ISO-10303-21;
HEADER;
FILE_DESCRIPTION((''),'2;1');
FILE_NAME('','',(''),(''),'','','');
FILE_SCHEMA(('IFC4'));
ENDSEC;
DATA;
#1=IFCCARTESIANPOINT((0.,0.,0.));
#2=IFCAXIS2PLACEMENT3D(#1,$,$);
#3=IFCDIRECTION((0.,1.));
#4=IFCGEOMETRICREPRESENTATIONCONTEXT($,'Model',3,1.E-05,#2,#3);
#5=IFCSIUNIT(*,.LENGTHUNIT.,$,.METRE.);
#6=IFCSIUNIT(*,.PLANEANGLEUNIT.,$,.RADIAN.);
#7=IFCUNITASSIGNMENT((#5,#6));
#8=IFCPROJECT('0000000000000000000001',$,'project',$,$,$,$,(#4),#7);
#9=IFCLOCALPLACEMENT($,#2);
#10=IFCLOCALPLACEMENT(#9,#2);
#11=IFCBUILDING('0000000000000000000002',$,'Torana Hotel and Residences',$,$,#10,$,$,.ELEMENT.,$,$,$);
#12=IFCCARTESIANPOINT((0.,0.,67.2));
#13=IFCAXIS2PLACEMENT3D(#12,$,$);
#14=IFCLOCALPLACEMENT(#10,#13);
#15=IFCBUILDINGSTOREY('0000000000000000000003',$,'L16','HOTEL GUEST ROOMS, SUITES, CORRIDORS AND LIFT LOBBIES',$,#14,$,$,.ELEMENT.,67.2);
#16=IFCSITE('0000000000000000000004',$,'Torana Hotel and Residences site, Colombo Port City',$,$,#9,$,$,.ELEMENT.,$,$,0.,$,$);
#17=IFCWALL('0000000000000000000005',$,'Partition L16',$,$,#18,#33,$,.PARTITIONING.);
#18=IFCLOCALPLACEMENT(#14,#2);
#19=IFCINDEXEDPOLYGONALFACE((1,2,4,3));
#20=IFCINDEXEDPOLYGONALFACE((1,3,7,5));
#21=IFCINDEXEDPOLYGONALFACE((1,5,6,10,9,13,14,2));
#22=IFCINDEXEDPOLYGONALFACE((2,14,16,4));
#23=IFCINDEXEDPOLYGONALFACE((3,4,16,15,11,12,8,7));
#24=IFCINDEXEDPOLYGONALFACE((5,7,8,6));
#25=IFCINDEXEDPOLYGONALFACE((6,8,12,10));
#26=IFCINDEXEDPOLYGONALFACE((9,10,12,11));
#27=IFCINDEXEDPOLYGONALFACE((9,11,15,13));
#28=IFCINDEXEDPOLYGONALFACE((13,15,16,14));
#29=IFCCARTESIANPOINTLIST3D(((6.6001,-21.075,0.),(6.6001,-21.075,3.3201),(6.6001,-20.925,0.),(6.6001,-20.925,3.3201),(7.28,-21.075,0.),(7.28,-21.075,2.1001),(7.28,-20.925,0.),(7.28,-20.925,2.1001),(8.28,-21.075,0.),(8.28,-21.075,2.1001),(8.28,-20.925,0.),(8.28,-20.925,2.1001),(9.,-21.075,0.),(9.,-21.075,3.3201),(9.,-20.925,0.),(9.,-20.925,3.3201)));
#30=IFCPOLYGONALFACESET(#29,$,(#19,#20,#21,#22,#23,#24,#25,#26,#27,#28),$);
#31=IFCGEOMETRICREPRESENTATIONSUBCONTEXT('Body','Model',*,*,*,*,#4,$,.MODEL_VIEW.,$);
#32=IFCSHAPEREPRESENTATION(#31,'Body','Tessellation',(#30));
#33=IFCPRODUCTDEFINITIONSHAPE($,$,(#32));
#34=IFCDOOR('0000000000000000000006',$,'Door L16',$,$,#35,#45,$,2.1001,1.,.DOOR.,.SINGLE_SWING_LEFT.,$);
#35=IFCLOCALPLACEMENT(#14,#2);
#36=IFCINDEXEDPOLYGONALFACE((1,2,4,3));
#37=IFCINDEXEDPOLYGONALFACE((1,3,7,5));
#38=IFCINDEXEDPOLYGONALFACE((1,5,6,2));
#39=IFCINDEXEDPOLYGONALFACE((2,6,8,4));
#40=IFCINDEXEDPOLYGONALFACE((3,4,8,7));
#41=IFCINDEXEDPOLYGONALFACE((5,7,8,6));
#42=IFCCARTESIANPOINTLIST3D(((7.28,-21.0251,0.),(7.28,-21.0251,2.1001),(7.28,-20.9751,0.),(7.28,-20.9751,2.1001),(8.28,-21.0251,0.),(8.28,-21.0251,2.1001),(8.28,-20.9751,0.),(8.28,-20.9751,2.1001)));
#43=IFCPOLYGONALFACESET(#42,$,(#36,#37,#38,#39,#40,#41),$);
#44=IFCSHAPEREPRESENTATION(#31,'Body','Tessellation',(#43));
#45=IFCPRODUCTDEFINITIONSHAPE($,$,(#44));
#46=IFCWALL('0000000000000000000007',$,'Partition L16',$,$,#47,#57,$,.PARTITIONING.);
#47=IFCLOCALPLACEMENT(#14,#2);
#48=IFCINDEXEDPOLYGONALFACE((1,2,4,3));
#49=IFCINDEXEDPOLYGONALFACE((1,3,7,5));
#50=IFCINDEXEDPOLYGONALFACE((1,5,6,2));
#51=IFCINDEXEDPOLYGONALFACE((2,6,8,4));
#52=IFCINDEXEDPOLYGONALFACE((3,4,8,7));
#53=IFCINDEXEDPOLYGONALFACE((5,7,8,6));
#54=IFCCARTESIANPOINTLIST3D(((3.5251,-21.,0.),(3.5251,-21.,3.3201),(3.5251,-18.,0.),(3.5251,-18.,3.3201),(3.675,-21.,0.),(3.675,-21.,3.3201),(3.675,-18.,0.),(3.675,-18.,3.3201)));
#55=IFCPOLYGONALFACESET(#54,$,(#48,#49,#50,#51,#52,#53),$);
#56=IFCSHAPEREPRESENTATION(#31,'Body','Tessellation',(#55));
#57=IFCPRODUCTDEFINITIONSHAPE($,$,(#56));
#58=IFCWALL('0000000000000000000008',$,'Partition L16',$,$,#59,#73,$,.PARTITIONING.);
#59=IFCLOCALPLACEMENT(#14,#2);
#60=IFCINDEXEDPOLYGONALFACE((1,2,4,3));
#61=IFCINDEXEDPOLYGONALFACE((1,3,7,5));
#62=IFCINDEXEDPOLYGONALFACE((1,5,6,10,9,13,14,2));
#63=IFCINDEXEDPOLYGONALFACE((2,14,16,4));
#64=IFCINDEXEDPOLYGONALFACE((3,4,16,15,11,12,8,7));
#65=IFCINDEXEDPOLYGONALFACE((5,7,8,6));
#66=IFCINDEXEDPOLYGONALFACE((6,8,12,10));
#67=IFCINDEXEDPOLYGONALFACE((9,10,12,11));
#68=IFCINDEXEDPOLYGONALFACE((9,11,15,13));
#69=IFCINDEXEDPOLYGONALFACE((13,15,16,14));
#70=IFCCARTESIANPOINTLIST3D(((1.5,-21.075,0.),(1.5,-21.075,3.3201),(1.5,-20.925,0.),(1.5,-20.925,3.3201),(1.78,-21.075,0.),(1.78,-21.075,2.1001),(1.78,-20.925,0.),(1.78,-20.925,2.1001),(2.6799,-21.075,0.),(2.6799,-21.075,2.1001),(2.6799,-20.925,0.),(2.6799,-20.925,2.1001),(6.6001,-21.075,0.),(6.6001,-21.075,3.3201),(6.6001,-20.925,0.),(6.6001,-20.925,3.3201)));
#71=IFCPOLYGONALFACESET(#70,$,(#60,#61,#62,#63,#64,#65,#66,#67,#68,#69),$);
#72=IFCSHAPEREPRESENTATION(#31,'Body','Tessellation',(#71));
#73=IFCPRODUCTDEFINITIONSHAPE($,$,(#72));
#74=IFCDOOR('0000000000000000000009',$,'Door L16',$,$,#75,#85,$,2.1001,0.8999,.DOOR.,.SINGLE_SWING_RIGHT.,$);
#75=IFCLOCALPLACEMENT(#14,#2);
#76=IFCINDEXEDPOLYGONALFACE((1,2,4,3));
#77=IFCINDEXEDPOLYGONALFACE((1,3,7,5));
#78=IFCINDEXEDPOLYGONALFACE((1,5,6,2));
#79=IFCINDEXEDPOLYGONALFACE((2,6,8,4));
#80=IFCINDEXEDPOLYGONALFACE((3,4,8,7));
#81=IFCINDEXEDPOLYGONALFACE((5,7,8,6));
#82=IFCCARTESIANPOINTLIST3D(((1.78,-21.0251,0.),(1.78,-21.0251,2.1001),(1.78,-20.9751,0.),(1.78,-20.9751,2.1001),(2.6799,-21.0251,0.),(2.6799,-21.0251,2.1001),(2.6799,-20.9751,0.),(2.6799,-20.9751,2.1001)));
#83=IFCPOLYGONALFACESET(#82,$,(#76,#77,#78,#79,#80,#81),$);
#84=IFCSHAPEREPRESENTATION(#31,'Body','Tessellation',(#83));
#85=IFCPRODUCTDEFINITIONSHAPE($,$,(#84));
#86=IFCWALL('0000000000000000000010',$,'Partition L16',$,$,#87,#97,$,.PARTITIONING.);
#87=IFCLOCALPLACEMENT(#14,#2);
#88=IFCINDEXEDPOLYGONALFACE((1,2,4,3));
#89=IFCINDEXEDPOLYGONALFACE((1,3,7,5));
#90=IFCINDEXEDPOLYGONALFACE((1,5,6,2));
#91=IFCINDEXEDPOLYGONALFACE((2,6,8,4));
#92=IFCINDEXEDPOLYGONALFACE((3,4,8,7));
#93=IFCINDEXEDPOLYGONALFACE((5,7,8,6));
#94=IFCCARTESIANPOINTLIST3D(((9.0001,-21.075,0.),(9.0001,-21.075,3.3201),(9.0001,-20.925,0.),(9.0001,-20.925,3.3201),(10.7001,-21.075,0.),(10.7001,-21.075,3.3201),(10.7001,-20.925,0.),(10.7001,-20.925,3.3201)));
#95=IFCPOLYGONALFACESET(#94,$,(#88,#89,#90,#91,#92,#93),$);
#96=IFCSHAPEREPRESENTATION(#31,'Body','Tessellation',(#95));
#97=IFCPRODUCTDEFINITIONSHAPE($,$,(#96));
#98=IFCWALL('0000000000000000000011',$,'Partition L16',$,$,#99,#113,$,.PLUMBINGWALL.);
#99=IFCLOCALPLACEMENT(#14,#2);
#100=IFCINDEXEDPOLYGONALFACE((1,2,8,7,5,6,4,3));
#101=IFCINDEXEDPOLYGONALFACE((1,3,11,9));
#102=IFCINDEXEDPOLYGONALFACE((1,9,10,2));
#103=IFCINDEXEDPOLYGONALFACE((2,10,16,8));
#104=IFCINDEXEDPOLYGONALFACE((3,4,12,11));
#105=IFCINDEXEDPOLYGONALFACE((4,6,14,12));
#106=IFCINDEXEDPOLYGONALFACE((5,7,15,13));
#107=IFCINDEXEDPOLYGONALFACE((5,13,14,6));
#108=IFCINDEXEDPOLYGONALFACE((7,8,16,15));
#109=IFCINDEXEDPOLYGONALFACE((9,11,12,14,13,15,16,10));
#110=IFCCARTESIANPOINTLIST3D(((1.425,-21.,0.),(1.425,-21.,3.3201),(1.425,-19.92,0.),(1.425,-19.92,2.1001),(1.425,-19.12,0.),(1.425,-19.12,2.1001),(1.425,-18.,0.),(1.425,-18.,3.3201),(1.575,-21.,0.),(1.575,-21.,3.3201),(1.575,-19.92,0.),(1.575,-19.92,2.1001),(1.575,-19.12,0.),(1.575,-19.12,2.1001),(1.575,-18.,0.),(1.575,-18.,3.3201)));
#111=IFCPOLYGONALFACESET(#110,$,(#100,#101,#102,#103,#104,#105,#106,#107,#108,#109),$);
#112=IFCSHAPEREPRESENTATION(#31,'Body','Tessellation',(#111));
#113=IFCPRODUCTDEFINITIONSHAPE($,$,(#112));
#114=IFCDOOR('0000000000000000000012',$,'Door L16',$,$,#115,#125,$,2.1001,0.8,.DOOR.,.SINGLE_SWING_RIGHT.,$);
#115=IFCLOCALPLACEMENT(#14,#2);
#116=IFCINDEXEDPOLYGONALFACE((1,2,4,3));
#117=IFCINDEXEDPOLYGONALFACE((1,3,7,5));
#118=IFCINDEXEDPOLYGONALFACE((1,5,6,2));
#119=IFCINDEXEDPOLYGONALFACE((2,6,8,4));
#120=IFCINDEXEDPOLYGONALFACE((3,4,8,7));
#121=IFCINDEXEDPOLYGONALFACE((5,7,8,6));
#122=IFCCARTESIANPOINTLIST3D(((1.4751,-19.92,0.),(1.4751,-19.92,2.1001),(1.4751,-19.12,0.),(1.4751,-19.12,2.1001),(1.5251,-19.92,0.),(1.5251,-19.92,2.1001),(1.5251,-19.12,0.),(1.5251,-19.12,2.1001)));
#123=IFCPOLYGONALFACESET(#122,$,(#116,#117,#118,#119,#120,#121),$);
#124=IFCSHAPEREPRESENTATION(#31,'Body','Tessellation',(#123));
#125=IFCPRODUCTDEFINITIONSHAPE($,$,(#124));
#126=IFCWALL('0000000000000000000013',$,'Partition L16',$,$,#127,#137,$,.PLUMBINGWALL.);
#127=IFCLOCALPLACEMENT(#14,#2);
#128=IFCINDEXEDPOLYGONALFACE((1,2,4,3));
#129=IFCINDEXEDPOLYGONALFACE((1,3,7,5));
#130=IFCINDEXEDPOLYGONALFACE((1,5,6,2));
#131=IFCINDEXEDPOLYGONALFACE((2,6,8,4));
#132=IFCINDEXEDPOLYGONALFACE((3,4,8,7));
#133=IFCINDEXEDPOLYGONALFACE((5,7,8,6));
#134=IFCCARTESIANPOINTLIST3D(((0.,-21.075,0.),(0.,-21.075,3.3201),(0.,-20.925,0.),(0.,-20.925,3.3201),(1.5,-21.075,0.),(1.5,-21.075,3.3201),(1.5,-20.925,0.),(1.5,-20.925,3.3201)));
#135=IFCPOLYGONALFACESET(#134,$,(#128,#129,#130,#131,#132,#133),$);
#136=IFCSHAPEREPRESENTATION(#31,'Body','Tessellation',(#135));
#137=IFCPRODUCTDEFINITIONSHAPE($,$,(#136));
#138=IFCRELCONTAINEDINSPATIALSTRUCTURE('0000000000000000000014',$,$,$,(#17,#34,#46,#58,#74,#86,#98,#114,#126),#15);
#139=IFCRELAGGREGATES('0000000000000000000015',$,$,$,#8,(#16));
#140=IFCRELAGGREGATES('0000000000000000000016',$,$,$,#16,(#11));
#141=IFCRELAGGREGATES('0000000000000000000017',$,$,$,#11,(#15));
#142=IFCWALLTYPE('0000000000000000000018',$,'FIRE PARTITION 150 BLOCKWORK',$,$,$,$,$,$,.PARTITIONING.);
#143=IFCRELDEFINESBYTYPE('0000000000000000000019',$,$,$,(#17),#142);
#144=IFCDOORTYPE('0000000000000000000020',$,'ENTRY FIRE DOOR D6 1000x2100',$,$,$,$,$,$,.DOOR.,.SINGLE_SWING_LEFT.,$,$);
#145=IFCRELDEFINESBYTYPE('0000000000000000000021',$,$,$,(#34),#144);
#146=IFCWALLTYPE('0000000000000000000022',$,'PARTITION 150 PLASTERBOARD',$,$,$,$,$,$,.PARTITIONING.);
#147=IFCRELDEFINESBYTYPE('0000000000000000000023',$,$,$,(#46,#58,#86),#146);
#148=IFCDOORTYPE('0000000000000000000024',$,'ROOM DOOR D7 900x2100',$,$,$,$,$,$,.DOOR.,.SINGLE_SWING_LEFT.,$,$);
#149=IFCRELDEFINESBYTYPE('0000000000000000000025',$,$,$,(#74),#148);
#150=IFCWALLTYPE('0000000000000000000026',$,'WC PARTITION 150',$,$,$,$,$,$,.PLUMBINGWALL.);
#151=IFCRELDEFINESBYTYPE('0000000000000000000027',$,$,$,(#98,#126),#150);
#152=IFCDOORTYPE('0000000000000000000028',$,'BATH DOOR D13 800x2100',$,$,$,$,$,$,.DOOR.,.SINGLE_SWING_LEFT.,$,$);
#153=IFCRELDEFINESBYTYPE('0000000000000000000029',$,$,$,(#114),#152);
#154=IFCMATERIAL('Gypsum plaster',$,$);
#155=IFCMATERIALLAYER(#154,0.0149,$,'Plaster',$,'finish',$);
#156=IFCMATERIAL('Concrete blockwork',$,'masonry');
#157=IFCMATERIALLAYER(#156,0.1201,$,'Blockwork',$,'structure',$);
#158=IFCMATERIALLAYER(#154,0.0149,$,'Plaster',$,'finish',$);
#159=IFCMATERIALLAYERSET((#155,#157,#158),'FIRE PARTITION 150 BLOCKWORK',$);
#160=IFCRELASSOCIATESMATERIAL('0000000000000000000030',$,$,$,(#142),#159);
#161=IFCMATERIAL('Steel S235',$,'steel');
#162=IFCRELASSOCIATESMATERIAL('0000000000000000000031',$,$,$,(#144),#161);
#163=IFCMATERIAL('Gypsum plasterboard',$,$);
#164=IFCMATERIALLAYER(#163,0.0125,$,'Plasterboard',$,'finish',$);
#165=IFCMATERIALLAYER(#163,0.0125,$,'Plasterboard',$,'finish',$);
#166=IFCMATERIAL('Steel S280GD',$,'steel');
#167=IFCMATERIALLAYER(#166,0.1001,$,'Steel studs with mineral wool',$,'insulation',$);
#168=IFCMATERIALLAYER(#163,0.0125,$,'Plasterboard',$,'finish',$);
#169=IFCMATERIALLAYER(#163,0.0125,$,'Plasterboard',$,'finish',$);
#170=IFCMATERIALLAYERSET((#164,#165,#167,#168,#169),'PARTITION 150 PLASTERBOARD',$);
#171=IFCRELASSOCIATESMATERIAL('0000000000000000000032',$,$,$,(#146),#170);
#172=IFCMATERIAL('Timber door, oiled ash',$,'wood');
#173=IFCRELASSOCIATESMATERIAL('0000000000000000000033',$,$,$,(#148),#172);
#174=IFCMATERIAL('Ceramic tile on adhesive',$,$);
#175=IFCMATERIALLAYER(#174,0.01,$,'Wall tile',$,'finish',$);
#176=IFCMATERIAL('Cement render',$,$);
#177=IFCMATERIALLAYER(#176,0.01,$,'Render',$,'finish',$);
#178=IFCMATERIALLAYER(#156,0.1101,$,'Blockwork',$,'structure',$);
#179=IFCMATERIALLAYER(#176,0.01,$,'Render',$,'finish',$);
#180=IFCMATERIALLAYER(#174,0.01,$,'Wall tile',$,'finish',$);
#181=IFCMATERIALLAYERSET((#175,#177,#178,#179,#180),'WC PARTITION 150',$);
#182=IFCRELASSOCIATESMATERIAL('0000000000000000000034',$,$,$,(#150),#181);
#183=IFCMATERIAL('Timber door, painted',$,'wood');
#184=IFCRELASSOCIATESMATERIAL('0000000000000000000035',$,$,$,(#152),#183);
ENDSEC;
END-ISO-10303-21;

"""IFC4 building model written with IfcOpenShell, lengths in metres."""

from ifc_helpers import new_model, si_unit, direction, frame, frame_2d, origin, place, context, subcontext, project, spatial, rectangle, extrude, material, layer, layer_set, type_object, element, fill, save


model = new_model("IFC4")

# Units and contexts
model_context = context("Model", 3, precision=1e-05, world=origin(), true_north=direction((0.0, 1.0)))
body_context = subcontext(model_context, "Body", "Model", "MODEL_VIEW")
ifc_project = project(units=[si_unit("LENGTHUNIT", "METRE"), si_unit("PLANEANGLEUNIT", "RADIAN")], contexts=[model_context])

# Site, building, storey
site_placement = place(None, origin())
site = spatial("IfcSite", under=ifc_project, at=site_placement, Name="Torana Hotel and Residences site, Colombo Port City", CompositionType="ELEMENT", RefElevation=0.0)
building_placement = place(site_placement, origin())
building = spatial("IfcBuilding", under=site, at=building_placement, Name="Torana Hotel and Residences", CompositionType="ELEMENT")
storey_placement = place(building_placement, frame((0.0, 0.0, 67.2)))
storey = spatial("IfcBuildingStorey", under=building, at=storey_placement, Name="L16", Description="HOTEL GUEST ROOMS, SUITES, CORRIDORS AND LIFT LOBBIES", CompositionType="ELEMENT", Elevation=67.2)

# Shared definitions
ifc_material_1 = material(Name="Gypsum plaster")
ifc_layer_1 = layer(ifc_material_1, 0.0149, Name="Plaster", Category="finish")
ifc_material_2 = material(Name="Concrete blockwork", Category="masonry")
ifc_layer_2 = layer(ifc_material_2, 0.1201, Name="Blockwork", Category="structure")
ifc_layer_3 = layer(ifc_material_1, 0.0149, Name="Plaster", Category="finish")
ifc_layer_set_1 = layer_set([ifc_layer_1, ifc_layer_2, ifc_layer_3], Name="FIRE PARTITION 150 BLOCKWORK")
wall_type_1 = type_object("IfcWallType", Name="FIRE PARTITION 150 BLOCKWORK", PredefinedType="PARTITIONING", material=ifc_layer_set_1)

# Wall, opening, door
ifc_material_3 = material(Name="Steel S235", Category="steel")
door_type_1 = type_object("IfcDoorType", Name="ENTRY FIRE DOOR D6 1000x2100", OperationType="SINGLE_SWING_LEFT", PredefinedType="DOOR", material=ifc_material_3)
wall_1_placement = place(storey_placement, frame((6.6001, -21.0, 0.0), z_axis=(0.0, 0.0, 1.0), x_axis=(1.0, 0.0, 0.0)))
wall_1 = element("IfcWall", 1, at=wall_1_placement, inside=storey, type_object=wall_type_1, Name="Partition L16", PredefinedType="PARTITIONING", context=body_context, shape_type="SweptSolid", body=[
    extrude(rectangle(XDim=2.3999, YDim=0.1499, at=frame_2d((1.2, 0.0))), origin(), (0.0, 0.0, 1.0), 3.3201),
])
opening_1_placement = place(wall_1_placement, frame((0.6799, 0.0, 0.0)))
opening_1 = element("IfcOpeningElement", 2, at=opening_1_placement, cuts=wall_1, PredefinedType="OPENING", context=body_context, shape_type="SweptSolid", body=[
    extrude(rectangle(XDim=1.0, YDim=2.1001, at=frame_2d((0.5, 1.05))), frame((0.0, 0.085, 0.0), z_axis=(0.0, -1.0, 0.0), x_axis=(1.0, 0.0, 0.0)), (0.0, 0.0, 1.0), 0.1699),
])
door_1_placement = place(opening_1_placement, frame((0.5, 0.0, 0.0), z_axis=(0.0, 0.0, 1.0), x_axis=(-1.0, 0.0, 0.0)))
door_1 = element("IfcDoor", 3, at=door_1_placement, inside=storey, type_object=door_type_1, Name="Door L16", OperationType="SINGLE_SWING_LEFT", OverallHeight=2.1001, OverallWidth=1.0, PredefinedType="DOOR", context=body_context, shape_type="SweptSolid", body=[
    extrude(rectangle(XDim=1.0, YDim=2.1001, at=frame_2d((0.0, 1.05))), frame((0.0, -0.0249, 0.0), z_axis=(0.0, 1.0, 0.0), x_axis=(-1.0, 0.0, 0.0)), (0.0, 0.0, 1.0), 0.05),
])
fill(opening_1, door_1)

# Wall
ifc_material_4 = material(Name="Gypsum plasterboard")
ifc_layer_4 = layer(ifc_material_4, 0.0125, Name="Plasterboard", Category="finish")
ifc_layer_5 = layer(ifc_material_4, 0.0125, Name="Plasterboard", Category="finish")
ifc_material_5 = material(Name="Steel S280GD", Category="steel")
ifc_layer_6 = layer(ifc_material_5, 0.1001, Name="Steel studs with mineral wool", Category="insulation")
ifc_layer_7 = layer(ifc_material_4, 0.0125, Name="Plasterboard", Category="finish")
ifc_layer_8 = layer(ifc_material_4, 0.0125, Name="Plasterboard", Category="finish")
ifc_layer_set_2 = layer_set([ifc_layer_4, ifc_layer_5, ifc_layer_6, ifc_layer_7, ifc_layer_8], Name="PARTITION 150 PLASTERBOARD")
wall_type_2 = type_object("IfcWallType", Name="PARTITION 150 PLASTERBOARD", PredefinedType="PARTITIONING", material=ifc_layer_set_2)
wall_2_placement = place(storey_placement, frame((3.6001, -21.0, 0.0), z_axis=(0.0, 0.0, 1.0), x_axis=(0.0, 1.0, 0.0)))
element("IfcWall", 4, at=wall_2_placement, inside=storey, type_object=wall_type_2, Name="Partition L16", PredefinedType="PARTITIONING", context=body_context, shape_type="SweptSolid", body=[
    extrude(rectangle(XDim=3.0, YDim=0.1499, at=frame_2d((1.5, 0.0))), origin(), (0.0, 0.0, 1.0), 3.3201),
])

# Wall, opening, door
wall_3_placement = place(storey_placement, frame((1.5, -21.0, 0.0), z_axis=(0.0, 0.0, 1.0), x_axis=(1.0, 0.0, 0.0)))
wall_3 = element("IfcWall", 5, at=wall_3_placement, inside=storey, type_object=wall_type_2, Name="Partition L16", PredefinedType="PARTITIONING", context=body_context, shape_type="SweptSolid", body=[
    extrude(rectangle(XDim=5.1001, YDim=0.1499, at=frame_2d((2.55, 0.0))), origin(), (0.0, 0.0, 1.0), 3.3201),
])
opening_2_placement = place(wall_3_placement, frame((0.28, 0.0, 0.0)))
opening_2 = element("IfcOpeningElement", 6, at=opening_2_placement, cuts=wall_3, PredefinedType="OPENING", context=body_context, shape_type="SweptSolid", body=[
    extrude(rectangle(XDim=0.8999, YDim=2.1001, at=frame_2d((0.45, 1.05))), frame((0.0, 0.085, 0.0), z_axis=(0.0, -1.0, 0.0), x_axis=(1.0, 0.0, 0.0)), (0.0, 0.0, 1.0), 0.1699),
])
ifc_material_6 = material(Name="Timber door, oiled ash", Category="wood")
door_type_2 = type_object("IfcDoorType", Name="ROOM DOOR D7 900x2100", OperationType="SINGLE_SWING_LEFT", PredefinedType="DOOR", material=ifc_material_6)
door_2_placement = place(opening_2_placement, origin())
door_2 = element("IfcDoor", 7, at=door_2_placement, inside=storey, type_object=door_type_2, Name="Door L16", OperationType="SINGLE_SWING_RIGHT", OverallHeight=2.1001, OverallWidth=0.8999, PredefinedType="DOOR", context=body_context, shape_type="SweptSolid", body=[
    extrude(rectangle(XDim=0.8999, YDim=2.1001, at=frame_2d((0.45, 1.05))), frame((0.0, 0.0249, 0.0), z_axis=(0.0, -1.0, 0.0), x_axis=(1.0, 0.0, 0.0)), (0.0, 0.0, 1.0), 0.05),
])
fill(opening_2, door_2)

# Wall
wall_4_placement = place(storey_placement, frame((9.0, -21.0, 0.0), z_axis=(0.0, 0.0, 1.0), x_axis=(1.0, 0.0, 0.0)))
element("IfcWall", 8, at=wall_4_placement, inside=storey, type_object=wall_type_2, Name="Partition L16", PredefinedType="PARTITIONING", context=body_context, shape_type="SweptSolid", body=[
    extrude(rectangle(XDim=1.7, YDim=0.1499, at=frame_2d((0.8501, 0.0))), origin(), (0.0, 0.0, 1.0), 3.3201),
])

# Wall, opening, door
ifc_material_7 = material(Name="Ceramic tile on adhesive")
ifc_layer_9 = layer(ifc_material_7, 0.01, Name="Wall tile", Category="finish")
ifc_material_8 = material(Name="Cement render")
ifc_layer_10 = layer(ifc_material_8, 0.01, Name="Render", Category="finish")
ifc_layer_11 = layer(ifc_material_2, 0.1101, Name="Blockwork", Category="structure")
ifc_layer_12 = layer(ifc_material_8, 0.01, Name="Render", Category="finish")
ifc_layer_13 = layer(ifc_material_7, 0.01, Name="Wall tile", Category="finish")
ifc_layer_set_3 = layer_set([ifc_layer_9, ifc_layer_10, ifc_layer_11, ifc_layer_12, ifc_layer_13], Name="WC PARTITION 150")
wall_type_3 = type_object("IfcWallType", Name="WC PARTITION 150", PredefinedType="PLUMBINGWALL", material=ifc_layer_set_3)
wall_5_placement = place(storey_placement, frame((1.5, -21.0, 0.0), z_axis=(0.0, 0.0, 1.0), x_axis=(0.0, 1.0, 0.0)))
wall_5 = element("IfcWall", 9, at=wall_5_placement, inside=storey, type_object=wall_type_3, Name="Partition L16", PredefinedType="PLUMBINGWALL", context=body_context, shape_type="SweptSolid", body=[
    extrude(rectangle(XDim=3.0, YDim=0.1499, at=frame_2d((1.5, 0.0))), origin(), (0.0, 0.0, 1.0), 3.3201),
])
opening_3_placement = place(wall_5_placement, frame((1.0801, 0.0, 0.0)))
opening_3 = element("IfcOpeningElement", 10, at=opening_3_placement, cuts=wall_5, PredefinedType="OPENING", context=body_context, shape_type="SweptSolid", body=[
    extrude(rectangle(XDim=0.8, YDim=2.1001, at=frame_2d((0.3999, 1.05))), frame((0.0, 0.085, 0.0), z_axis=(0.0, -1.0, 0.0), x_axis=(1.0, 0.0, 0.0)), (0.0, 0.0, 1.0), 0.1699),
])
ifc_material_9 = material(Name="Timber door, painted", Category="wood")
door_type_3 = type_object("IfcDoorType", Name="BATH DOOR D13 800x2100", OperationType="SINGLE_SWING_LEFT", PredefinedType="DOOR", material=ifc_material_9)
door_3_placement = place(opening_3_placement, origin())
door_3 = element("IfcDoor", 11, at=door_3_placement, inside=storey, type_object=door_type_3, Name="Door L16", OperationType="SINGLE_SWING_RIGHT", OverallHeight=2.1001, OverallWidth=0.8, PredefinedType="DOOR", context=body_context, shape_type="SweptSolid", body=[
    extrude(rectangle(XDim=0.8, YDim=2.1001, at=frame_2d((0.3999, 1.05))), frame((0.0, 0.0249, 0.0), z_axis=(0.0, -1.0, 0.0), x_axis=(1.0, 0.0, 0.0)), (0.0, 0.0, 1.0), 0.05),
])
fill(opening_3, door_3)

# Wall
wall_6_placement = place(storey_placement, frame((0.0, -21.0, 0.0), z_axis=(0.0, 0.0, 1.0), x_axis=(1.0, 0.0, 0.0)))
element("IfcWall", 12, at=wall_6_placement, inside=storey, type_object=wall_type_3, Name="Partition L16", PredefinedType="PLUMBINGWALL", context=body_context, shape_type="SweptSolid", body=[
    extrude(rectangle(XDim=1.5, YDim=0.1499, at=frame_2d((0.75, 0.0))), origin(), (0.0, 0.0, 1.0), 3.3201),
])

save(model, "model.ifc")
